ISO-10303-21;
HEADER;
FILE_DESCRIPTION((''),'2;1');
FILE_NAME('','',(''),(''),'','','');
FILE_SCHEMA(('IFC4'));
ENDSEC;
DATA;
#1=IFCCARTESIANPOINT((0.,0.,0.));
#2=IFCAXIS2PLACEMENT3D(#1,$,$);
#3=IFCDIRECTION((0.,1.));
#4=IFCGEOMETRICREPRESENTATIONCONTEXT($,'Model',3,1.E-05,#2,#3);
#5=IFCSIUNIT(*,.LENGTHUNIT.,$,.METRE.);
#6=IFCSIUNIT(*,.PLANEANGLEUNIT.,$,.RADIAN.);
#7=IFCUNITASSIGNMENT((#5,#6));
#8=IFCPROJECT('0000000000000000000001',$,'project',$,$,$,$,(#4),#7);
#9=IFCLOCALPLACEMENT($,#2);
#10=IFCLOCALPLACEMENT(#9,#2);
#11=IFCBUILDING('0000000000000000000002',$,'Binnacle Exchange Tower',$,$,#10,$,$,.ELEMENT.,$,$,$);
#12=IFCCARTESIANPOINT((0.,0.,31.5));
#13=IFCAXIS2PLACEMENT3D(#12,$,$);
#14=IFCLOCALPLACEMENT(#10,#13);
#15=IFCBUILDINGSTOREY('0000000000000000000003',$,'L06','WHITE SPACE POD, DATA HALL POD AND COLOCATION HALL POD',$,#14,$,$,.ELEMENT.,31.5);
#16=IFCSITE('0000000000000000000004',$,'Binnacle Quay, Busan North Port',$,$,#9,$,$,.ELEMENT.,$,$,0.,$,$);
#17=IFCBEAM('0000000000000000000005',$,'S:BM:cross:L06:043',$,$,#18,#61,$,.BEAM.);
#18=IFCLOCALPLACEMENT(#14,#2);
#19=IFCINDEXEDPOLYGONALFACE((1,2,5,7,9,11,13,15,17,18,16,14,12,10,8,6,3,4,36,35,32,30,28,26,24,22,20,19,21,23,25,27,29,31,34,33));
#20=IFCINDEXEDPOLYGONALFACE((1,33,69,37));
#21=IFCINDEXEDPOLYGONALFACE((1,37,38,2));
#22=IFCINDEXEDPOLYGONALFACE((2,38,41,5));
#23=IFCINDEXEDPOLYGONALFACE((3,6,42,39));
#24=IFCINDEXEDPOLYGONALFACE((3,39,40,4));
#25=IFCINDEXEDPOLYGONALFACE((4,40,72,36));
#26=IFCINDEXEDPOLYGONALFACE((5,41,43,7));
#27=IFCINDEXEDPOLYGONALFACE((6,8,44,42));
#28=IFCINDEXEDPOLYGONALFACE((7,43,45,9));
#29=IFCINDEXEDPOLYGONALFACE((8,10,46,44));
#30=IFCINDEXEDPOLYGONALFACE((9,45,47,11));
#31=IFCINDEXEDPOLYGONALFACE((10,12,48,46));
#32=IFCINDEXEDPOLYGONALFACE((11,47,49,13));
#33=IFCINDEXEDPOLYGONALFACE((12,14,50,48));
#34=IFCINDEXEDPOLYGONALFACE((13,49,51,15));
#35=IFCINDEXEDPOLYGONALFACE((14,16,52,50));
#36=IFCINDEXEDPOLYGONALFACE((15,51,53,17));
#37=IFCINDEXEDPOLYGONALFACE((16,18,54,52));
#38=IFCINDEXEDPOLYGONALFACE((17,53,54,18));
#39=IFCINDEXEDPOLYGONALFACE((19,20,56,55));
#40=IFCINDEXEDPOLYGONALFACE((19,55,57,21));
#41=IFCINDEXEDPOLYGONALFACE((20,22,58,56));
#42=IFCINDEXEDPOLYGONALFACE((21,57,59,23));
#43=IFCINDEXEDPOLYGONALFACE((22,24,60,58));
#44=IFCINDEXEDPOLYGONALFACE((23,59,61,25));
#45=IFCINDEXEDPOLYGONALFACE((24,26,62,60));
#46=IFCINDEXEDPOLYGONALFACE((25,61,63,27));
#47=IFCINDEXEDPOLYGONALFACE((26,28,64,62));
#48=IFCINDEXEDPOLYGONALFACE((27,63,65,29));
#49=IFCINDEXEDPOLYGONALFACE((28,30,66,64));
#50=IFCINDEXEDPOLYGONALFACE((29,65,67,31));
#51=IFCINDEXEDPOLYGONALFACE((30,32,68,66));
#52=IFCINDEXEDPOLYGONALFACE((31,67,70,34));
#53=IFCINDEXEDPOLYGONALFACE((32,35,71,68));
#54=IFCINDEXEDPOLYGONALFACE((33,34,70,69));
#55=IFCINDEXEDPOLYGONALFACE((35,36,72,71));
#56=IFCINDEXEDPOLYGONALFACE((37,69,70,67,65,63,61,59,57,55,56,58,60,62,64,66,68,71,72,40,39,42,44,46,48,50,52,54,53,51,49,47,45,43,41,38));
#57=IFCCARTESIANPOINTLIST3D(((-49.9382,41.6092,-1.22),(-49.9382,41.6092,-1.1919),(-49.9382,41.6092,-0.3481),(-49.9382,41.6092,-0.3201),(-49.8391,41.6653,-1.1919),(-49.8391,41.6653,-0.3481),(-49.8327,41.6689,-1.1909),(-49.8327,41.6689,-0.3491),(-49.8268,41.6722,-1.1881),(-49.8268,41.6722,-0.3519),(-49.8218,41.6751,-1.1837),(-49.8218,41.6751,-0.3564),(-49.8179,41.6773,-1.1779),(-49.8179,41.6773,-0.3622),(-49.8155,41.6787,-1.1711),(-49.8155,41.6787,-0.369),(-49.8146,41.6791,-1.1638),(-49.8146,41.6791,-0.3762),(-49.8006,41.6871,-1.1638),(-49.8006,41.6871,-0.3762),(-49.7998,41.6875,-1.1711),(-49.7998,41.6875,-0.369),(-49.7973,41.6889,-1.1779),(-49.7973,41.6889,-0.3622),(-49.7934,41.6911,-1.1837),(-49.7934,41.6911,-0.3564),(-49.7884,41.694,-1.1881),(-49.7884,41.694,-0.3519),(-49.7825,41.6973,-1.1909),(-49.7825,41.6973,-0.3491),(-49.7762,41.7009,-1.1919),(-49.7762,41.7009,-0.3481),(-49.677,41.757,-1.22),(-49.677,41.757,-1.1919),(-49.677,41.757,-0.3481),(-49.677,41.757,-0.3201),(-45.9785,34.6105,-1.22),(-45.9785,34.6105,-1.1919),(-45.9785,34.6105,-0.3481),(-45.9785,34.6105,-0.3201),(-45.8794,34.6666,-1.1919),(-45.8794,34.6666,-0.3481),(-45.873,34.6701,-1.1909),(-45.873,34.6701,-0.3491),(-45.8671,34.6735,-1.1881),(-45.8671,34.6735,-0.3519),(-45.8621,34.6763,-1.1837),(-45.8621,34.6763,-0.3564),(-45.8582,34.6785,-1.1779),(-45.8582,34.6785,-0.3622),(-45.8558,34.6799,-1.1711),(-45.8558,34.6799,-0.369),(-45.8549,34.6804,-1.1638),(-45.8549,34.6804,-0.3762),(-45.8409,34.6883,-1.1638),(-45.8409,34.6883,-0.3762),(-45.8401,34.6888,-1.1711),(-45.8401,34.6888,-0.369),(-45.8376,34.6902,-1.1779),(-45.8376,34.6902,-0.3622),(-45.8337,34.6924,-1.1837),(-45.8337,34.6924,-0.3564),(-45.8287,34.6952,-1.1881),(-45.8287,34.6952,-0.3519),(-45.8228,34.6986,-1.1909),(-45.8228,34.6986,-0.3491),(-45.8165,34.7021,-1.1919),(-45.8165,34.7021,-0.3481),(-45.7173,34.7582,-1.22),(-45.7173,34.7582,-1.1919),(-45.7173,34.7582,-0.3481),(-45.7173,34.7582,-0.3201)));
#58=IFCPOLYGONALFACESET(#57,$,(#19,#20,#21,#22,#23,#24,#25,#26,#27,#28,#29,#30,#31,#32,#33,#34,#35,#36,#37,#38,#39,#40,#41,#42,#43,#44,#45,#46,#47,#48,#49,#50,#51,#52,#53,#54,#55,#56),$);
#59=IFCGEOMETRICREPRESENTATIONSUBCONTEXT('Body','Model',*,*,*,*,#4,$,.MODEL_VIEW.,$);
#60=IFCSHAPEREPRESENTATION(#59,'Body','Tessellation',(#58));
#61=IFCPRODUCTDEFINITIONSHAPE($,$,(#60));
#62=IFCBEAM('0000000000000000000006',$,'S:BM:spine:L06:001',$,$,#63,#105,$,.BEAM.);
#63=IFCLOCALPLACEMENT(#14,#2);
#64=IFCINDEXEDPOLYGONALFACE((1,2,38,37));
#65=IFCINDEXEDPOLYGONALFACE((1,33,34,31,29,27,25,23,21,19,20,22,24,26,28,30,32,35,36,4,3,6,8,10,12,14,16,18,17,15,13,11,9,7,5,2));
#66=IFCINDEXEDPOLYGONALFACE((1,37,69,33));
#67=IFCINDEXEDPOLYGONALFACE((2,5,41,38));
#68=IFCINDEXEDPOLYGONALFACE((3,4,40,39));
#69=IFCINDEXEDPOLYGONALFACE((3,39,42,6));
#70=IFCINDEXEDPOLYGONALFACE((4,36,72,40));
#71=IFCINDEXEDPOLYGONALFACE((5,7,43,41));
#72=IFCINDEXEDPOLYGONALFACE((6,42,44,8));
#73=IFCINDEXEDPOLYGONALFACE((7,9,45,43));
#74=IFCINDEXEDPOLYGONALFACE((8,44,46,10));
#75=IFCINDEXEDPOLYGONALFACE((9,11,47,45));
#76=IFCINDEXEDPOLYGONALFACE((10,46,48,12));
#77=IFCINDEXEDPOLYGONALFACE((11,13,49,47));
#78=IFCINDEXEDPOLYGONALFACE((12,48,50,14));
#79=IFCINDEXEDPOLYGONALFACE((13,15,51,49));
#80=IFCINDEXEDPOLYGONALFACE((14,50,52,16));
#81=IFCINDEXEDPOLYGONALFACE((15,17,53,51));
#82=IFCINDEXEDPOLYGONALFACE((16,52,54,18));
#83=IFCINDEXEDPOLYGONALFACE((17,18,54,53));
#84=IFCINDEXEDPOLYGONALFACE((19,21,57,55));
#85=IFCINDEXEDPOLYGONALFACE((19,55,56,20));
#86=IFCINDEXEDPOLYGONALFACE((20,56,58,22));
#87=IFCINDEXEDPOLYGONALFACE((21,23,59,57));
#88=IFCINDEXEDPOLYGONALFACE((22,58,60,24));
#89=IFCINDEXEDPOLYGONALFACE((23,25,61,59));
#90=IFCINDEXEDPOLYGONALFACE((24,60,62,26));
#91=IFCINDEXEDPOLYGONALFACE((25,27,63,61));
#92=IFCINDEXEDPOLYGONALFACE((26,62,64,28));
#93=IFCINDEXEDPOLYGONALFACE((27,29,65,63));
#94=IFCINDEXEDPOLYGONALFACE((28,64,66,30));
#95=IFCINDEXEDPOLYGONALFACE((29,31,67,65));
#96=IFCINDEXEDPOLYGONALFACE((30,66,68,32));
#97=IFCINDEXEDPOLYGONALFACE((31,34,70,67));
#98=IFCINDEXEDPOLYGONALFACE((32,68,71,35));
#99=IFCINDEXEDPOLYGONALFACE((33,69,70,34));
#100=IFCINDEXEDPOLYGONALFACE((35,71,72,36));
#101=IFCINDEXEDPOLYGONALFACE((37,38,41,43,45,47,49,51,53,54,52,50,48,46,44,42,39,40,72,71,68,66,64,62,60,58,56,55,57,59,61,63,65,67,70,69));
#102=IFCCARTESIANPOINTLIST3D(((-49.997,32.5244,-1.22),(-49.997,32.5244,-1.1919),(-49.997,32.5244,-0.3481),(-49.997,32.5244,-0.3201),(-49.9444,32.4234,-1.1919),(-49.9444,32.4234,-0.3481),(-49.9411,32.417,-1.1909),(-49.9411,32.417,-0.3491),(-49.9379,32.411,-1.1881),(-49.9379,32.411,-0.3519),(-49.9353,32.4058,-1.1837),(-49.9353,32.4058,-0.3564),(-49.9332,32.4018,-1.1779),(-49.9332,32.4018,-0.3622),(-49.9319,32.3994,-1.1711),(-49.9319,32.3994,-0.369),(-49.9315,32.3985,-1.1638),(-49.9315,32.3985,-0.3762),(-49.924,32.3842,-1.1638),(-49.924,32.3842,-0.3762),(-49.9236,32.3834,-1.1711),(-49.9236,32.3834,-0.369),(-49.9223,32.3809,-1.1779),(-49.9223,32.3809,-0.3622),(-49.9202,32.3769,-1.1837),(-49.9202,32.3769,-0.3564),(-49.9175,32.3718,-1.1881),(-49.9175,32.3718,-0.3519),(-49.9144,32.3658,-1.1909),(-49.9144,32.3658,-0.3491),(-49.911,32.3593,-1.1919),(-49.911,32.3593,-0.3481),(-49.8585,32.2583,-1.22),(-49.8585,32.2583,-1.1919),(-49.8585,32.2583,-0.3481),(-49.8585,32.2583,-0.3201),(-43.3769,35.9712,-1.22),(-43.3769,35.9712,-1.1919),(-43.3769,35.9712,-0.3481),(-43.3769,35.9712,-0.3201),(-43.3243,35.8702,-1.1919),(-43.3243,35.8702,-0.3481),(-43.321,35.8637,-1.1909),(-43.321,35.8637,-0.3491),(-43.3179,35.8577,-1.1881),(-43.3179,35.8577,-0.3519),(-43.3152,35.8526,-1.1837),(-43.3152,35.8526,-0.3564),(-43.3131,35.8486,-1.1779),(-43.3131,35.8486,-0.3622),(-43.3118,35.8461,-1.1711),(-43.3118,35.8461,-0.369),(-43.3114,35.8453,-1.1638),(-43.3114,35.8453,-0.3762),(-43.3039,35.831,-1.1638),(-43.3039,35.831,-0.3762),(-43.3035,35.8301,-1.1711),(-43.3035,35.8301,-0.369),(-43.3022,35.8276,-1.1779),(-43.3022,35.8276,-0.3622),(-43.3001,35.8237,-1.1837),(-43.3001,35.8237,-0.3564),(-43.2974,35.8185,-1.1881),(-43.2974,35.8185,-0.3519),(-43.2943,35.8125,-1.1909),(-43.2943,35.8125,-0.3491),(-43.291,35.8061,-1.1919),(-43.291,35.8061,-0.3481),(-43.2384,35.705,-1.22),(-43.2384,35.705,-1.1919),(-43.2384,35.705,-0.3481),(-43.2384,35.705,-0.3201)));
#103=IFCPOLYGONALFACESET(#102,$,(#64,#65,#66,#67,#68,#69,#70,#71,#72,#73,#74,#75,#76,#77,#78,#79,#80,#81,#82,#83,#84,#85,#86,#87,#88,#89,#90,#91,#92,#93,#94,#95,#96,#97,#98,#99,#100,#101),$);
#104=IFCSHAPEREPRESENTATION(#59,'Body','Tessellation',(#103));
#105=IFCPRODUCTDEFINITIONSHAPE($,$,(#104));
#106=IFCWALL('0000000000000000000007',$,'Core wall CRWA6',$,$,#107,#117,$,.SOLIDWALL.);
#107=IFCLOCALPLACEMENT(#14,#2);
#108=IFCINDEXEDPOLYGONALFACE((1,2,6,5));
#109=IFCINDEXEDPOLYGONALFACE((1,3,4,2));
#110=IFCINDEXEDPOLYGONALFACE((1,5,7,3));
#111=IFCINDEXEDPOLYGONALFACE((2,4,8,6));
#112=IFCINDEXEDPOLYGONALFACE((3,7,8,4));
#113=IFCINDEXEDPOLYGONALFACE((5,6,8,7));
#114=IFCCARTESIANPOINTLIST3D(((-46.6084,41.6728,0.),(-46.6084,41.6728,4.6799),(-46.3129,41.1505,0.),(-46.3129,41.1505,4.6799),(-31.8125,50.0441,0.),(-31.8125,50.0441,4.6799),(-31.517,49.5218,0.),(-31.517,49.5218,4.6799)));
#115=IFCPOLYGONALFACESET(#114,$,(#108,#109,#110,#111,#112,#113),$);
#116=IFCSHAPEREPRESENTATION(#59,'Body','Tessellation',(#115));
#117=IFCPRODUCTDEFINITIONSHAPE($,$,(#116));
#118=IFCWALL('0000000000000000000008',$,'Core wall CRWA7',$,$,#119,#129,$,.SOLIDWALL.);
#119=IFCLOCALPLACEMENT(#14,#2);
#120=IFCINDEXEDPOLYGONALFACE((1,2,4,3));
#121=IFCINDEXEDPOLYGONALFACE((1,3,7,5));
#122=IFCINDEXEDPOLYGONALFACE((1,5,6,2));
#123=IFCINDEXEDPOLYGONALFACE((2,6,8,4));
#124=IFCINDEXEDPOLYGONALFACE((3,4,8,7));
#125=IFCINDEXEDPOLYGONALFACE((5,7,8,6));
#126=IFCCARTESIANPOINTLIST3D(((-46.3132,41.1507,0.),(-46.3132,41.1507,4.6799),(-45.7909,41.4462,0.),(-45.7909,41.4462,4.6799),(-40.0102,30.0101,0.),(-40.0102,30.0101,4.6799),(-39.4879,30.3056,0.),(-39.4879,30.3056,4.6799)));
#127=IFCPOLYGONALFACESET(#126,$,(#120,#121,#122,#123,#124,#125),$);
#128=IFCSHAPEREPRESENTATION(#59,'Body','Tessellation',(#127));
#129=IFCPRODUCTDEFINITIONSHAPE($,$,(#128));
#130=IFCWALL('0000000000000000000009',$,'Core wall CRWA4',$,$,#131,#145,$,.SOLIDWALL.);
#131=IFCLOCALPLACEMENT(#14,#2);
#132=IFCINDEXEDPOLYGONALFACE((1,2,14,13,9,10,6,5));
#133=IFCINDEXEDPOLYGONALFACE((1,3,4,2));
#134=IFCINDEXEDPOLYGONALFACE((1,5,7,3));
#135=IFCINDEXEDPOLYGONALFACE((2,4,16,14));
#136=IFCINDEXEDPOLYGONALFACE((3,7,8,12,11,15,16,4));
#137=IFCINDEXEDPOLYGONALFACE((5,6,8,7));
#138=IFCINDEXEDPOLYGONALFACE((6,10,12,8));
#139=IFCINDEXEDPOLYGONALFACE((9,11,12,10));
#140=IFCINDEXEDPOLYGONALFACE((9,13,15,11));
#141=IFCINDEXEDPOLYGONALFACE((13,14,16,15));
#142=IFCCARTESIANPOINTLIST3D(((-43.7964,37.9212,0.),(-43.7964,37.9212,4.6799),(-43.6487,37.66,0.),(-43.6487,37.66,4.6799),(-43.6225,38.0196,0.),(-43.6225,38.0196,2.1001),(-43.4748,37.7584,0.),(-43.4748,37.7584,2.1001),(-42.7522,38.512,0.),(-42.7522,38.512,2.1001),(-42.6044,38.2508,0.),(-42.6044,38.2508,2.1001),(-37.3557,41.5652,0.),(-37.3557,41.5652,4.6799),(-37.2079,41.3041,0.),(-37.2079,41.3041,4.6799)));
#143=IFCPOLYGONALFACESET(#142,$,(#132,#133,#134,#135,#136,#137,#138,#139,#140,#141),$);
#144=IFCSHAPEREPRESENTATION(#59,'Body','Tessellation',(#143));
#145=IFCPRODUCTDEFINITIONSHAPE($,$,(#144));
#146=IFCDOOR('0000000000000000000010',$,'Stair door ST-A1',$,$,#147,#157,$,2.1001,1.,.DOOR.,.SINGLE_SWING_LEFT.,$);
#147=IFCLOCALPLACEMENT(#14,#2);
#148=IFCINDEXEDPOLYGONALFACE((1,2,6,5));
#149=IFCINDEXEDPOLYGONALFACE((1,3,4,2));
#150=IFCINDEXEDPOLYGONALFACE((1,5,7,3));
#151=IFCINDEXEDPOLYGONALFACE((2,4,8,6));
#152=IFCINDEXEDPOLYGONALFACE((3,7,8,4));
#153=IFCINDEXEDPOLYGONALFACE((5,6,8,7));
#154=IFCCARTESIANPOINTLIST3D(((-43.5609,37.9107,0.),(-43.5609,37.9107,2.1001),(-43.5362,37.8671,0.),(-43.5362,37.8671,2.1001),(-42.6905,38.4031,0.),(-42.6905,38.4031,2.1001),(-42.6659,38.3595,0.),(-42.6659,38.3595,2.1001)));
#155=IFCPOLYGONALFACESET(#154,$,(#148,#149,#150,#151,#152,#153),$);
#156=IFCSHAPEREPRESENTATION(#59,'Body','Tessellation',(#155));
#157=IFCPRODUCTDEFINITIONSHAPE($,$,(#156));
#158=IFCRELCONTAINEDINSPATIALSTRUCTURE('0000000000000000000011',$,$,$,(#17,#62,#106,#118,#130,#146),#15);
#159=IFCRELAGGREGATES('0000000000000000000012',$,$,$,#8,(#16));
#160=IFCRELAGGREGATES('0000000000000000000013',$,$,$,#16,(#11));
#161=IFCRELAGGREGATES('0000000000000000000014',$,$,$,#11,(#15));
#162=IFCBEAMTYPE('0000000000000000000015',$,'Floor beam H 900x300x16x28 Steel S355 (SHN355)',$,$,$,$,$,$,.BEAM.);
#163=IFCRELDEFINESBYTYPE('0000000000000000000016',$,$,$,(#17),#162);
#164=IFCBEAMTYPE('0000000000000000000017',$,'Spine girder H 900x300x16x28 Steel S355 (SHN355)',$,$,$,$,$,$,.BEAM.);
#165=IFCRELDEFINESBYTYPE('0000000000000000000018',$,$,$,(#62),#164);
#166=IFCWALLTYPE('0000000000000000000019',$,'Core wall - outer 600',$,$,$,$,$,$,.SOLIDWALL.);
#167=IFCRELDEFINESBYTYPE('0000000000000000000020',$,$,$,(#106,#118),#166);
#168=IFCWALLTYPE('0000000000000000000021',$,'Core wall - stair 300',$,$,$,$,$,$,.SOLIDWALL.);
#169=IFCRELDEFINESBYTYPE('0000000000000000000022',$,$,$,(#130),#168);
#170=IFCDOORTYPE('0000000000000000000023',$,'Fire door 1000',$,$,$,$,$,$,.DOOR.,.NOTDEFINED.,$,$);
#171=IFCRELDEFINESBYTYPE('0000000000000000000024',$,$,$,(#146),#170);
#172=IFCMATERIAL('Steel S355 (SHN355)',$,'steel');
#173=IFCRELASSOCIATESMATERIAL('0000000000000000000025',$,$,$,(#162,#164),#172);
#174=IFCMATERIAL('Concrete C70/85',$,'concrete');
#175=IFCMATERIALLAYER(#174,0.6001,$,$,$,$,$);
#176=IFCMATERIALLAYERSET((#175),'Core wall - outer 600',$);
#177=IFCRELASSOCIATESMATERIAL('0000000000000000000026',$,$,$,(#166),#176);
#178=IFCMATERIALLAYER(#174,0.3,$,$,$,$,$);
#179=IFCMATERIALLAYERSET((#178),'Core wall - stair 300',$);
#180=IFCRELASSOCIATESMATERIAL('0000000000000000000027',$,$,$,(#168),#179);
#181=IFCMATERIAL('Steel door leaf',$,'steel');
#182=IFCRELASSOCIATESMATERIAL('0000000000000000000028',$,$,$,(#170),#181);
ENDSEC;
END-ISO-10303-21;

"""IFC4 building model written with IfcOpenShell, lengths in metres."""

from ifc_helpers import new_model, si_unit, direction, frame, frame_2d, origin, origin_2d, place, context, subcontext, project, spatial, rectangle, i_section, extrude, material, layer, layer_set, material_profile, profile_set, type_object, element, fill, save


model = new_model("IFC4")

# Units and contexts
model_context = context("Model", 3, precision=1e-05, world=origin(), true_north=direction((0.0, 1.0)))
body_context = subcontext(model_context, "Body", "Model", "MODEL_VIEW")
ifc_project = project(units=[si_unit("LENGTHUNIT", "METRE"), si_unit("PLANEANGLEUNIT", "RADIAN")], contexts=[model_context])

# Site, building, storey
site_placement = place(None, origin())
site = spatial("IfcSite", under=ifc_project, at=site_placement, Name="Binnacle Quay, Busan North Port", CompositionType="ELEMENT", RefElevation=0.0)
building_placement = place(site_placement, origin())
building = spatial("IfcBuilding", under=site, at=building_placement, Name="Binnacle Exchange Tower", CompositionType="ELEMENT")
storey_placement = place(building_placement, frame((0.0, 0.0, 31.5)))
storey = spatial("IfcBuildingStorey", under=building, at=storey_placement, Name="L06", Description="WHITE SPACE POD, DATA HALL POD AND COLOCATION HALL POD", CompositionType="ELEMENT", Elevation=31.5)

# Shared definitions
ifc_material_1 = material(Name="Concrete C70/85", Category="concrete")

# Beams
ifc_material_2 = material(Name="Steel S355 (SHN355)", Category="steel")
ifc_material_profile_1 = material_profile(ifc_material_2, i_section(OverallWidth=0.3, OverallDepth=0.8999, WebThickness=0.0161, FlangeThickness=0.0281, FilletRadius=0.0281, at=origin_2d()), Name="H 900x300x16x28")
ifc_profile_set_1 = profile_set([ifc_material_profile_1], Name="Steel S355 (SHN355)")
beam_type_1 = type_object("IfcBeamType", Name="Floor beam H 900x300x16x28 Steel S355 (SHN355)", PredefinedType="BEAM", material=ifc_profile_set_1)
beam_1_placement = place(storey_placement, frame((-49.8076, 41.6831, -0.77), z_axis=(0.492423, -0.870356, 0.0), x_axis=(0.870356, 0.492423, 0.0)))
element("IfcBeam", 1, at=beam_1_placement, inside=storey, type_object=beam_type_1, Name="S:BM:cross:L06:043", PredefinedType="BEAM", context=body_context, shape_type="SweptSolid", body=[
    extrude(i_section(OverallWidth=0.3, OverallDepth=0.8999, WebThickness=0.0161, FlangeThickness=0.0281, FilletRadius=0.0281, at=origin_2d()), origin(), (0.0, 0.0, 1.0), 8.0413),
])
ifc_material_profile_2 = material_profile(ifc_material_2, i_section(OverallWidth=0.3, OverallDepth=0.8999, WebThickness=0.0161, FlangeThickness=0.0281, FilletRadius=0.0281, at=origin_2d()), Name="H 900x300x16x28")
ifc_profile_set_2 = profile_set([ifc_material_profile_2], Name="Steel S355 (SHN355)")
beam_type_2 = type_object("IfcBeamType", Name="Spine girder H 900x300x16x28 Steel S355 (SHN355)", PredefinedType="BEAM", material=ifc_profile_set_2)
beam_2_placement = place(storey_placement, frame((-49.9277, 32.3914, -0.77), z_axis=(0.88698, 0.461808, 0.0), x_axis=(-0.461808, 0.88698, 0.0)))
element("IfcBeam", 2, at=beam_2_placement, inside=storey, type_object=beam_type_2, Name="S:BM:spine:L06:001", PredefinedType="BEAM", context=body_context, shape_type="SweptSolid", body=[
    extrude(i_section(OverallWidth=0.3, OverallDepth=0.8999, WebThickness=0.0161, FlangeThickness=0.0281, FilletRadius=0.0281, at=origin_2d()), origin(), (0.0, 0.0, 1.0), 7.4636),
])

# Walls
ifc_layer_1 = layer(ifc_material_1, 0.6001)
ifc_layer_set_1 = layer_set([ifc_layer_1], Name="Core wall - outer 600")
wall_type_1 = type_object("IfcWallType", Name="Core wall - outer 600", PredefinedType="SOLIDWALL", material=ifc_layer_set_1)
wall_1_placement = place(storey_placement, frame((-46.4607, 41.4116, 0.0), z_axis=(0.0, 0.0, 1.0), x_axis=(0.87035, 0.492433, 0.0)))
element("IfcWall", 3, at=wall_1_placement, inside=storey, type_object=wall_type_1, Name="Core wall CRWA6", PredefinedType="SOLIDWALL", context=body_context, shape_type="SweptSolid", body=[
    extrude(rectangle(XDim=17.0, YDim=0.6001, at=frame_2d((8.5, 0.0))), origin(), (0.0, 0.0, 1.0), 4.6799),
])
wall_2_placement = place(storey_placement, frame((-46.052, 41.2983, 0.0), z_axis=(0.0, 0.0, 1.0), x_axis=(0.492419, -0.870359, 0.0)))
element("IfcWall", 4, at=wall_2_placement, inside=storey, type_object=wall_type_1, Name="Core wall CRWA7", PredefinedType="SOLIDWALL", context=body_context, shape_type="SweptSolid", body=[
    extrude(rectangle(XDim=12.8, YDim=0.6001, at=frame_2d((6.3999, 0.0))), origin(), (0.0, 0.0, 1.0), 4.6799),
])

# Wall, opening, door
ifc_layer_2 = layer(ifc_material_1, 0.3)
ifc_layer_set_2 = layer_set([ifc_layer_2], Name="Core wall - stair 300")
wall_type_2 = type_object("IfcWallType", Name="Core wall - stair 300", PredefinedType="SOLIDWALL", material=ifc_layer_set_2)
wall_3_placement = place(storey_placement, frame((-43.7227, 37.7905, 0.0), z_axis=(0.0, 0.0, 1.0), x_axis=(0.870351, 0.492432, 0.0)))
wall_3 = element("IfcWall", 5, at=wall_3_placement, inside=storey, type_object=wall_type_2, Name="Core wall CRWA4", PredefinedType="SOLIDWALL", context=body_context, shape_type="SweptSolid", body=[
    extrude(rectangle(XDim=7.4001, YDim=0.3, at=frame_2d((3.7002, 0.0))), origin(), (0.0, 0.0, 1.0), 4.6799),
])
opening_1_placement = place(wall_3_placement, frame((0.2, 0.0, 0.0)))
opening_1 = element("IfcOpeningElement", 6, at=opening_1_placement, cuts=wall_3, PredefinedType="OPENING", context=body_context, shape_type="SweptSolid", body=[
    extrude(rectangle(XDim=1.0, YDim=2.1001, at=frame_2d((0.5, 1.05))), frame((0.0, 0.1599, 0.0), z_axis=(0.0, -1.0, 0.0), x_axis=(1.0, 0.0, 0.0)), (0.0, 0.0, 1.0), 0.3201),
])
ifc_material_3 = material(Name="Steel door leaf", Category="steel")
door_type = type_object("IfcDoorType", Name="Fire door 1000", OperationType="NOTDEFINED", PredefinedType="DOOR", material=ifc_material_3)
door_placement = place(opening_1_placement, origin())
door = element("IfcDoor", 7, at=door_placement, inside=storey, type_object=door_type, Name="Stair door ST-A1", OperationType="SINGLE_SWING_LEFT", OverallHeight=2.1001, OverallWidth=1.0, PredefinedType="DOOR", context=body_context, shape_type="SweptSolid", body=[
    extrude(rectangle(XDim=1.0, YDim=2.1001, at=frame_2d((0.5, 1.05))), frame((0.0, 0.0249, 0.0), z_axis=(0.0, -1.0, 0.0), x_axis=(1.0, 0.0, 0.0)), (0.0, 0.0, 1.0), 0.05),
])
fill(opening_1, door)

save(model, "model.ifc")
